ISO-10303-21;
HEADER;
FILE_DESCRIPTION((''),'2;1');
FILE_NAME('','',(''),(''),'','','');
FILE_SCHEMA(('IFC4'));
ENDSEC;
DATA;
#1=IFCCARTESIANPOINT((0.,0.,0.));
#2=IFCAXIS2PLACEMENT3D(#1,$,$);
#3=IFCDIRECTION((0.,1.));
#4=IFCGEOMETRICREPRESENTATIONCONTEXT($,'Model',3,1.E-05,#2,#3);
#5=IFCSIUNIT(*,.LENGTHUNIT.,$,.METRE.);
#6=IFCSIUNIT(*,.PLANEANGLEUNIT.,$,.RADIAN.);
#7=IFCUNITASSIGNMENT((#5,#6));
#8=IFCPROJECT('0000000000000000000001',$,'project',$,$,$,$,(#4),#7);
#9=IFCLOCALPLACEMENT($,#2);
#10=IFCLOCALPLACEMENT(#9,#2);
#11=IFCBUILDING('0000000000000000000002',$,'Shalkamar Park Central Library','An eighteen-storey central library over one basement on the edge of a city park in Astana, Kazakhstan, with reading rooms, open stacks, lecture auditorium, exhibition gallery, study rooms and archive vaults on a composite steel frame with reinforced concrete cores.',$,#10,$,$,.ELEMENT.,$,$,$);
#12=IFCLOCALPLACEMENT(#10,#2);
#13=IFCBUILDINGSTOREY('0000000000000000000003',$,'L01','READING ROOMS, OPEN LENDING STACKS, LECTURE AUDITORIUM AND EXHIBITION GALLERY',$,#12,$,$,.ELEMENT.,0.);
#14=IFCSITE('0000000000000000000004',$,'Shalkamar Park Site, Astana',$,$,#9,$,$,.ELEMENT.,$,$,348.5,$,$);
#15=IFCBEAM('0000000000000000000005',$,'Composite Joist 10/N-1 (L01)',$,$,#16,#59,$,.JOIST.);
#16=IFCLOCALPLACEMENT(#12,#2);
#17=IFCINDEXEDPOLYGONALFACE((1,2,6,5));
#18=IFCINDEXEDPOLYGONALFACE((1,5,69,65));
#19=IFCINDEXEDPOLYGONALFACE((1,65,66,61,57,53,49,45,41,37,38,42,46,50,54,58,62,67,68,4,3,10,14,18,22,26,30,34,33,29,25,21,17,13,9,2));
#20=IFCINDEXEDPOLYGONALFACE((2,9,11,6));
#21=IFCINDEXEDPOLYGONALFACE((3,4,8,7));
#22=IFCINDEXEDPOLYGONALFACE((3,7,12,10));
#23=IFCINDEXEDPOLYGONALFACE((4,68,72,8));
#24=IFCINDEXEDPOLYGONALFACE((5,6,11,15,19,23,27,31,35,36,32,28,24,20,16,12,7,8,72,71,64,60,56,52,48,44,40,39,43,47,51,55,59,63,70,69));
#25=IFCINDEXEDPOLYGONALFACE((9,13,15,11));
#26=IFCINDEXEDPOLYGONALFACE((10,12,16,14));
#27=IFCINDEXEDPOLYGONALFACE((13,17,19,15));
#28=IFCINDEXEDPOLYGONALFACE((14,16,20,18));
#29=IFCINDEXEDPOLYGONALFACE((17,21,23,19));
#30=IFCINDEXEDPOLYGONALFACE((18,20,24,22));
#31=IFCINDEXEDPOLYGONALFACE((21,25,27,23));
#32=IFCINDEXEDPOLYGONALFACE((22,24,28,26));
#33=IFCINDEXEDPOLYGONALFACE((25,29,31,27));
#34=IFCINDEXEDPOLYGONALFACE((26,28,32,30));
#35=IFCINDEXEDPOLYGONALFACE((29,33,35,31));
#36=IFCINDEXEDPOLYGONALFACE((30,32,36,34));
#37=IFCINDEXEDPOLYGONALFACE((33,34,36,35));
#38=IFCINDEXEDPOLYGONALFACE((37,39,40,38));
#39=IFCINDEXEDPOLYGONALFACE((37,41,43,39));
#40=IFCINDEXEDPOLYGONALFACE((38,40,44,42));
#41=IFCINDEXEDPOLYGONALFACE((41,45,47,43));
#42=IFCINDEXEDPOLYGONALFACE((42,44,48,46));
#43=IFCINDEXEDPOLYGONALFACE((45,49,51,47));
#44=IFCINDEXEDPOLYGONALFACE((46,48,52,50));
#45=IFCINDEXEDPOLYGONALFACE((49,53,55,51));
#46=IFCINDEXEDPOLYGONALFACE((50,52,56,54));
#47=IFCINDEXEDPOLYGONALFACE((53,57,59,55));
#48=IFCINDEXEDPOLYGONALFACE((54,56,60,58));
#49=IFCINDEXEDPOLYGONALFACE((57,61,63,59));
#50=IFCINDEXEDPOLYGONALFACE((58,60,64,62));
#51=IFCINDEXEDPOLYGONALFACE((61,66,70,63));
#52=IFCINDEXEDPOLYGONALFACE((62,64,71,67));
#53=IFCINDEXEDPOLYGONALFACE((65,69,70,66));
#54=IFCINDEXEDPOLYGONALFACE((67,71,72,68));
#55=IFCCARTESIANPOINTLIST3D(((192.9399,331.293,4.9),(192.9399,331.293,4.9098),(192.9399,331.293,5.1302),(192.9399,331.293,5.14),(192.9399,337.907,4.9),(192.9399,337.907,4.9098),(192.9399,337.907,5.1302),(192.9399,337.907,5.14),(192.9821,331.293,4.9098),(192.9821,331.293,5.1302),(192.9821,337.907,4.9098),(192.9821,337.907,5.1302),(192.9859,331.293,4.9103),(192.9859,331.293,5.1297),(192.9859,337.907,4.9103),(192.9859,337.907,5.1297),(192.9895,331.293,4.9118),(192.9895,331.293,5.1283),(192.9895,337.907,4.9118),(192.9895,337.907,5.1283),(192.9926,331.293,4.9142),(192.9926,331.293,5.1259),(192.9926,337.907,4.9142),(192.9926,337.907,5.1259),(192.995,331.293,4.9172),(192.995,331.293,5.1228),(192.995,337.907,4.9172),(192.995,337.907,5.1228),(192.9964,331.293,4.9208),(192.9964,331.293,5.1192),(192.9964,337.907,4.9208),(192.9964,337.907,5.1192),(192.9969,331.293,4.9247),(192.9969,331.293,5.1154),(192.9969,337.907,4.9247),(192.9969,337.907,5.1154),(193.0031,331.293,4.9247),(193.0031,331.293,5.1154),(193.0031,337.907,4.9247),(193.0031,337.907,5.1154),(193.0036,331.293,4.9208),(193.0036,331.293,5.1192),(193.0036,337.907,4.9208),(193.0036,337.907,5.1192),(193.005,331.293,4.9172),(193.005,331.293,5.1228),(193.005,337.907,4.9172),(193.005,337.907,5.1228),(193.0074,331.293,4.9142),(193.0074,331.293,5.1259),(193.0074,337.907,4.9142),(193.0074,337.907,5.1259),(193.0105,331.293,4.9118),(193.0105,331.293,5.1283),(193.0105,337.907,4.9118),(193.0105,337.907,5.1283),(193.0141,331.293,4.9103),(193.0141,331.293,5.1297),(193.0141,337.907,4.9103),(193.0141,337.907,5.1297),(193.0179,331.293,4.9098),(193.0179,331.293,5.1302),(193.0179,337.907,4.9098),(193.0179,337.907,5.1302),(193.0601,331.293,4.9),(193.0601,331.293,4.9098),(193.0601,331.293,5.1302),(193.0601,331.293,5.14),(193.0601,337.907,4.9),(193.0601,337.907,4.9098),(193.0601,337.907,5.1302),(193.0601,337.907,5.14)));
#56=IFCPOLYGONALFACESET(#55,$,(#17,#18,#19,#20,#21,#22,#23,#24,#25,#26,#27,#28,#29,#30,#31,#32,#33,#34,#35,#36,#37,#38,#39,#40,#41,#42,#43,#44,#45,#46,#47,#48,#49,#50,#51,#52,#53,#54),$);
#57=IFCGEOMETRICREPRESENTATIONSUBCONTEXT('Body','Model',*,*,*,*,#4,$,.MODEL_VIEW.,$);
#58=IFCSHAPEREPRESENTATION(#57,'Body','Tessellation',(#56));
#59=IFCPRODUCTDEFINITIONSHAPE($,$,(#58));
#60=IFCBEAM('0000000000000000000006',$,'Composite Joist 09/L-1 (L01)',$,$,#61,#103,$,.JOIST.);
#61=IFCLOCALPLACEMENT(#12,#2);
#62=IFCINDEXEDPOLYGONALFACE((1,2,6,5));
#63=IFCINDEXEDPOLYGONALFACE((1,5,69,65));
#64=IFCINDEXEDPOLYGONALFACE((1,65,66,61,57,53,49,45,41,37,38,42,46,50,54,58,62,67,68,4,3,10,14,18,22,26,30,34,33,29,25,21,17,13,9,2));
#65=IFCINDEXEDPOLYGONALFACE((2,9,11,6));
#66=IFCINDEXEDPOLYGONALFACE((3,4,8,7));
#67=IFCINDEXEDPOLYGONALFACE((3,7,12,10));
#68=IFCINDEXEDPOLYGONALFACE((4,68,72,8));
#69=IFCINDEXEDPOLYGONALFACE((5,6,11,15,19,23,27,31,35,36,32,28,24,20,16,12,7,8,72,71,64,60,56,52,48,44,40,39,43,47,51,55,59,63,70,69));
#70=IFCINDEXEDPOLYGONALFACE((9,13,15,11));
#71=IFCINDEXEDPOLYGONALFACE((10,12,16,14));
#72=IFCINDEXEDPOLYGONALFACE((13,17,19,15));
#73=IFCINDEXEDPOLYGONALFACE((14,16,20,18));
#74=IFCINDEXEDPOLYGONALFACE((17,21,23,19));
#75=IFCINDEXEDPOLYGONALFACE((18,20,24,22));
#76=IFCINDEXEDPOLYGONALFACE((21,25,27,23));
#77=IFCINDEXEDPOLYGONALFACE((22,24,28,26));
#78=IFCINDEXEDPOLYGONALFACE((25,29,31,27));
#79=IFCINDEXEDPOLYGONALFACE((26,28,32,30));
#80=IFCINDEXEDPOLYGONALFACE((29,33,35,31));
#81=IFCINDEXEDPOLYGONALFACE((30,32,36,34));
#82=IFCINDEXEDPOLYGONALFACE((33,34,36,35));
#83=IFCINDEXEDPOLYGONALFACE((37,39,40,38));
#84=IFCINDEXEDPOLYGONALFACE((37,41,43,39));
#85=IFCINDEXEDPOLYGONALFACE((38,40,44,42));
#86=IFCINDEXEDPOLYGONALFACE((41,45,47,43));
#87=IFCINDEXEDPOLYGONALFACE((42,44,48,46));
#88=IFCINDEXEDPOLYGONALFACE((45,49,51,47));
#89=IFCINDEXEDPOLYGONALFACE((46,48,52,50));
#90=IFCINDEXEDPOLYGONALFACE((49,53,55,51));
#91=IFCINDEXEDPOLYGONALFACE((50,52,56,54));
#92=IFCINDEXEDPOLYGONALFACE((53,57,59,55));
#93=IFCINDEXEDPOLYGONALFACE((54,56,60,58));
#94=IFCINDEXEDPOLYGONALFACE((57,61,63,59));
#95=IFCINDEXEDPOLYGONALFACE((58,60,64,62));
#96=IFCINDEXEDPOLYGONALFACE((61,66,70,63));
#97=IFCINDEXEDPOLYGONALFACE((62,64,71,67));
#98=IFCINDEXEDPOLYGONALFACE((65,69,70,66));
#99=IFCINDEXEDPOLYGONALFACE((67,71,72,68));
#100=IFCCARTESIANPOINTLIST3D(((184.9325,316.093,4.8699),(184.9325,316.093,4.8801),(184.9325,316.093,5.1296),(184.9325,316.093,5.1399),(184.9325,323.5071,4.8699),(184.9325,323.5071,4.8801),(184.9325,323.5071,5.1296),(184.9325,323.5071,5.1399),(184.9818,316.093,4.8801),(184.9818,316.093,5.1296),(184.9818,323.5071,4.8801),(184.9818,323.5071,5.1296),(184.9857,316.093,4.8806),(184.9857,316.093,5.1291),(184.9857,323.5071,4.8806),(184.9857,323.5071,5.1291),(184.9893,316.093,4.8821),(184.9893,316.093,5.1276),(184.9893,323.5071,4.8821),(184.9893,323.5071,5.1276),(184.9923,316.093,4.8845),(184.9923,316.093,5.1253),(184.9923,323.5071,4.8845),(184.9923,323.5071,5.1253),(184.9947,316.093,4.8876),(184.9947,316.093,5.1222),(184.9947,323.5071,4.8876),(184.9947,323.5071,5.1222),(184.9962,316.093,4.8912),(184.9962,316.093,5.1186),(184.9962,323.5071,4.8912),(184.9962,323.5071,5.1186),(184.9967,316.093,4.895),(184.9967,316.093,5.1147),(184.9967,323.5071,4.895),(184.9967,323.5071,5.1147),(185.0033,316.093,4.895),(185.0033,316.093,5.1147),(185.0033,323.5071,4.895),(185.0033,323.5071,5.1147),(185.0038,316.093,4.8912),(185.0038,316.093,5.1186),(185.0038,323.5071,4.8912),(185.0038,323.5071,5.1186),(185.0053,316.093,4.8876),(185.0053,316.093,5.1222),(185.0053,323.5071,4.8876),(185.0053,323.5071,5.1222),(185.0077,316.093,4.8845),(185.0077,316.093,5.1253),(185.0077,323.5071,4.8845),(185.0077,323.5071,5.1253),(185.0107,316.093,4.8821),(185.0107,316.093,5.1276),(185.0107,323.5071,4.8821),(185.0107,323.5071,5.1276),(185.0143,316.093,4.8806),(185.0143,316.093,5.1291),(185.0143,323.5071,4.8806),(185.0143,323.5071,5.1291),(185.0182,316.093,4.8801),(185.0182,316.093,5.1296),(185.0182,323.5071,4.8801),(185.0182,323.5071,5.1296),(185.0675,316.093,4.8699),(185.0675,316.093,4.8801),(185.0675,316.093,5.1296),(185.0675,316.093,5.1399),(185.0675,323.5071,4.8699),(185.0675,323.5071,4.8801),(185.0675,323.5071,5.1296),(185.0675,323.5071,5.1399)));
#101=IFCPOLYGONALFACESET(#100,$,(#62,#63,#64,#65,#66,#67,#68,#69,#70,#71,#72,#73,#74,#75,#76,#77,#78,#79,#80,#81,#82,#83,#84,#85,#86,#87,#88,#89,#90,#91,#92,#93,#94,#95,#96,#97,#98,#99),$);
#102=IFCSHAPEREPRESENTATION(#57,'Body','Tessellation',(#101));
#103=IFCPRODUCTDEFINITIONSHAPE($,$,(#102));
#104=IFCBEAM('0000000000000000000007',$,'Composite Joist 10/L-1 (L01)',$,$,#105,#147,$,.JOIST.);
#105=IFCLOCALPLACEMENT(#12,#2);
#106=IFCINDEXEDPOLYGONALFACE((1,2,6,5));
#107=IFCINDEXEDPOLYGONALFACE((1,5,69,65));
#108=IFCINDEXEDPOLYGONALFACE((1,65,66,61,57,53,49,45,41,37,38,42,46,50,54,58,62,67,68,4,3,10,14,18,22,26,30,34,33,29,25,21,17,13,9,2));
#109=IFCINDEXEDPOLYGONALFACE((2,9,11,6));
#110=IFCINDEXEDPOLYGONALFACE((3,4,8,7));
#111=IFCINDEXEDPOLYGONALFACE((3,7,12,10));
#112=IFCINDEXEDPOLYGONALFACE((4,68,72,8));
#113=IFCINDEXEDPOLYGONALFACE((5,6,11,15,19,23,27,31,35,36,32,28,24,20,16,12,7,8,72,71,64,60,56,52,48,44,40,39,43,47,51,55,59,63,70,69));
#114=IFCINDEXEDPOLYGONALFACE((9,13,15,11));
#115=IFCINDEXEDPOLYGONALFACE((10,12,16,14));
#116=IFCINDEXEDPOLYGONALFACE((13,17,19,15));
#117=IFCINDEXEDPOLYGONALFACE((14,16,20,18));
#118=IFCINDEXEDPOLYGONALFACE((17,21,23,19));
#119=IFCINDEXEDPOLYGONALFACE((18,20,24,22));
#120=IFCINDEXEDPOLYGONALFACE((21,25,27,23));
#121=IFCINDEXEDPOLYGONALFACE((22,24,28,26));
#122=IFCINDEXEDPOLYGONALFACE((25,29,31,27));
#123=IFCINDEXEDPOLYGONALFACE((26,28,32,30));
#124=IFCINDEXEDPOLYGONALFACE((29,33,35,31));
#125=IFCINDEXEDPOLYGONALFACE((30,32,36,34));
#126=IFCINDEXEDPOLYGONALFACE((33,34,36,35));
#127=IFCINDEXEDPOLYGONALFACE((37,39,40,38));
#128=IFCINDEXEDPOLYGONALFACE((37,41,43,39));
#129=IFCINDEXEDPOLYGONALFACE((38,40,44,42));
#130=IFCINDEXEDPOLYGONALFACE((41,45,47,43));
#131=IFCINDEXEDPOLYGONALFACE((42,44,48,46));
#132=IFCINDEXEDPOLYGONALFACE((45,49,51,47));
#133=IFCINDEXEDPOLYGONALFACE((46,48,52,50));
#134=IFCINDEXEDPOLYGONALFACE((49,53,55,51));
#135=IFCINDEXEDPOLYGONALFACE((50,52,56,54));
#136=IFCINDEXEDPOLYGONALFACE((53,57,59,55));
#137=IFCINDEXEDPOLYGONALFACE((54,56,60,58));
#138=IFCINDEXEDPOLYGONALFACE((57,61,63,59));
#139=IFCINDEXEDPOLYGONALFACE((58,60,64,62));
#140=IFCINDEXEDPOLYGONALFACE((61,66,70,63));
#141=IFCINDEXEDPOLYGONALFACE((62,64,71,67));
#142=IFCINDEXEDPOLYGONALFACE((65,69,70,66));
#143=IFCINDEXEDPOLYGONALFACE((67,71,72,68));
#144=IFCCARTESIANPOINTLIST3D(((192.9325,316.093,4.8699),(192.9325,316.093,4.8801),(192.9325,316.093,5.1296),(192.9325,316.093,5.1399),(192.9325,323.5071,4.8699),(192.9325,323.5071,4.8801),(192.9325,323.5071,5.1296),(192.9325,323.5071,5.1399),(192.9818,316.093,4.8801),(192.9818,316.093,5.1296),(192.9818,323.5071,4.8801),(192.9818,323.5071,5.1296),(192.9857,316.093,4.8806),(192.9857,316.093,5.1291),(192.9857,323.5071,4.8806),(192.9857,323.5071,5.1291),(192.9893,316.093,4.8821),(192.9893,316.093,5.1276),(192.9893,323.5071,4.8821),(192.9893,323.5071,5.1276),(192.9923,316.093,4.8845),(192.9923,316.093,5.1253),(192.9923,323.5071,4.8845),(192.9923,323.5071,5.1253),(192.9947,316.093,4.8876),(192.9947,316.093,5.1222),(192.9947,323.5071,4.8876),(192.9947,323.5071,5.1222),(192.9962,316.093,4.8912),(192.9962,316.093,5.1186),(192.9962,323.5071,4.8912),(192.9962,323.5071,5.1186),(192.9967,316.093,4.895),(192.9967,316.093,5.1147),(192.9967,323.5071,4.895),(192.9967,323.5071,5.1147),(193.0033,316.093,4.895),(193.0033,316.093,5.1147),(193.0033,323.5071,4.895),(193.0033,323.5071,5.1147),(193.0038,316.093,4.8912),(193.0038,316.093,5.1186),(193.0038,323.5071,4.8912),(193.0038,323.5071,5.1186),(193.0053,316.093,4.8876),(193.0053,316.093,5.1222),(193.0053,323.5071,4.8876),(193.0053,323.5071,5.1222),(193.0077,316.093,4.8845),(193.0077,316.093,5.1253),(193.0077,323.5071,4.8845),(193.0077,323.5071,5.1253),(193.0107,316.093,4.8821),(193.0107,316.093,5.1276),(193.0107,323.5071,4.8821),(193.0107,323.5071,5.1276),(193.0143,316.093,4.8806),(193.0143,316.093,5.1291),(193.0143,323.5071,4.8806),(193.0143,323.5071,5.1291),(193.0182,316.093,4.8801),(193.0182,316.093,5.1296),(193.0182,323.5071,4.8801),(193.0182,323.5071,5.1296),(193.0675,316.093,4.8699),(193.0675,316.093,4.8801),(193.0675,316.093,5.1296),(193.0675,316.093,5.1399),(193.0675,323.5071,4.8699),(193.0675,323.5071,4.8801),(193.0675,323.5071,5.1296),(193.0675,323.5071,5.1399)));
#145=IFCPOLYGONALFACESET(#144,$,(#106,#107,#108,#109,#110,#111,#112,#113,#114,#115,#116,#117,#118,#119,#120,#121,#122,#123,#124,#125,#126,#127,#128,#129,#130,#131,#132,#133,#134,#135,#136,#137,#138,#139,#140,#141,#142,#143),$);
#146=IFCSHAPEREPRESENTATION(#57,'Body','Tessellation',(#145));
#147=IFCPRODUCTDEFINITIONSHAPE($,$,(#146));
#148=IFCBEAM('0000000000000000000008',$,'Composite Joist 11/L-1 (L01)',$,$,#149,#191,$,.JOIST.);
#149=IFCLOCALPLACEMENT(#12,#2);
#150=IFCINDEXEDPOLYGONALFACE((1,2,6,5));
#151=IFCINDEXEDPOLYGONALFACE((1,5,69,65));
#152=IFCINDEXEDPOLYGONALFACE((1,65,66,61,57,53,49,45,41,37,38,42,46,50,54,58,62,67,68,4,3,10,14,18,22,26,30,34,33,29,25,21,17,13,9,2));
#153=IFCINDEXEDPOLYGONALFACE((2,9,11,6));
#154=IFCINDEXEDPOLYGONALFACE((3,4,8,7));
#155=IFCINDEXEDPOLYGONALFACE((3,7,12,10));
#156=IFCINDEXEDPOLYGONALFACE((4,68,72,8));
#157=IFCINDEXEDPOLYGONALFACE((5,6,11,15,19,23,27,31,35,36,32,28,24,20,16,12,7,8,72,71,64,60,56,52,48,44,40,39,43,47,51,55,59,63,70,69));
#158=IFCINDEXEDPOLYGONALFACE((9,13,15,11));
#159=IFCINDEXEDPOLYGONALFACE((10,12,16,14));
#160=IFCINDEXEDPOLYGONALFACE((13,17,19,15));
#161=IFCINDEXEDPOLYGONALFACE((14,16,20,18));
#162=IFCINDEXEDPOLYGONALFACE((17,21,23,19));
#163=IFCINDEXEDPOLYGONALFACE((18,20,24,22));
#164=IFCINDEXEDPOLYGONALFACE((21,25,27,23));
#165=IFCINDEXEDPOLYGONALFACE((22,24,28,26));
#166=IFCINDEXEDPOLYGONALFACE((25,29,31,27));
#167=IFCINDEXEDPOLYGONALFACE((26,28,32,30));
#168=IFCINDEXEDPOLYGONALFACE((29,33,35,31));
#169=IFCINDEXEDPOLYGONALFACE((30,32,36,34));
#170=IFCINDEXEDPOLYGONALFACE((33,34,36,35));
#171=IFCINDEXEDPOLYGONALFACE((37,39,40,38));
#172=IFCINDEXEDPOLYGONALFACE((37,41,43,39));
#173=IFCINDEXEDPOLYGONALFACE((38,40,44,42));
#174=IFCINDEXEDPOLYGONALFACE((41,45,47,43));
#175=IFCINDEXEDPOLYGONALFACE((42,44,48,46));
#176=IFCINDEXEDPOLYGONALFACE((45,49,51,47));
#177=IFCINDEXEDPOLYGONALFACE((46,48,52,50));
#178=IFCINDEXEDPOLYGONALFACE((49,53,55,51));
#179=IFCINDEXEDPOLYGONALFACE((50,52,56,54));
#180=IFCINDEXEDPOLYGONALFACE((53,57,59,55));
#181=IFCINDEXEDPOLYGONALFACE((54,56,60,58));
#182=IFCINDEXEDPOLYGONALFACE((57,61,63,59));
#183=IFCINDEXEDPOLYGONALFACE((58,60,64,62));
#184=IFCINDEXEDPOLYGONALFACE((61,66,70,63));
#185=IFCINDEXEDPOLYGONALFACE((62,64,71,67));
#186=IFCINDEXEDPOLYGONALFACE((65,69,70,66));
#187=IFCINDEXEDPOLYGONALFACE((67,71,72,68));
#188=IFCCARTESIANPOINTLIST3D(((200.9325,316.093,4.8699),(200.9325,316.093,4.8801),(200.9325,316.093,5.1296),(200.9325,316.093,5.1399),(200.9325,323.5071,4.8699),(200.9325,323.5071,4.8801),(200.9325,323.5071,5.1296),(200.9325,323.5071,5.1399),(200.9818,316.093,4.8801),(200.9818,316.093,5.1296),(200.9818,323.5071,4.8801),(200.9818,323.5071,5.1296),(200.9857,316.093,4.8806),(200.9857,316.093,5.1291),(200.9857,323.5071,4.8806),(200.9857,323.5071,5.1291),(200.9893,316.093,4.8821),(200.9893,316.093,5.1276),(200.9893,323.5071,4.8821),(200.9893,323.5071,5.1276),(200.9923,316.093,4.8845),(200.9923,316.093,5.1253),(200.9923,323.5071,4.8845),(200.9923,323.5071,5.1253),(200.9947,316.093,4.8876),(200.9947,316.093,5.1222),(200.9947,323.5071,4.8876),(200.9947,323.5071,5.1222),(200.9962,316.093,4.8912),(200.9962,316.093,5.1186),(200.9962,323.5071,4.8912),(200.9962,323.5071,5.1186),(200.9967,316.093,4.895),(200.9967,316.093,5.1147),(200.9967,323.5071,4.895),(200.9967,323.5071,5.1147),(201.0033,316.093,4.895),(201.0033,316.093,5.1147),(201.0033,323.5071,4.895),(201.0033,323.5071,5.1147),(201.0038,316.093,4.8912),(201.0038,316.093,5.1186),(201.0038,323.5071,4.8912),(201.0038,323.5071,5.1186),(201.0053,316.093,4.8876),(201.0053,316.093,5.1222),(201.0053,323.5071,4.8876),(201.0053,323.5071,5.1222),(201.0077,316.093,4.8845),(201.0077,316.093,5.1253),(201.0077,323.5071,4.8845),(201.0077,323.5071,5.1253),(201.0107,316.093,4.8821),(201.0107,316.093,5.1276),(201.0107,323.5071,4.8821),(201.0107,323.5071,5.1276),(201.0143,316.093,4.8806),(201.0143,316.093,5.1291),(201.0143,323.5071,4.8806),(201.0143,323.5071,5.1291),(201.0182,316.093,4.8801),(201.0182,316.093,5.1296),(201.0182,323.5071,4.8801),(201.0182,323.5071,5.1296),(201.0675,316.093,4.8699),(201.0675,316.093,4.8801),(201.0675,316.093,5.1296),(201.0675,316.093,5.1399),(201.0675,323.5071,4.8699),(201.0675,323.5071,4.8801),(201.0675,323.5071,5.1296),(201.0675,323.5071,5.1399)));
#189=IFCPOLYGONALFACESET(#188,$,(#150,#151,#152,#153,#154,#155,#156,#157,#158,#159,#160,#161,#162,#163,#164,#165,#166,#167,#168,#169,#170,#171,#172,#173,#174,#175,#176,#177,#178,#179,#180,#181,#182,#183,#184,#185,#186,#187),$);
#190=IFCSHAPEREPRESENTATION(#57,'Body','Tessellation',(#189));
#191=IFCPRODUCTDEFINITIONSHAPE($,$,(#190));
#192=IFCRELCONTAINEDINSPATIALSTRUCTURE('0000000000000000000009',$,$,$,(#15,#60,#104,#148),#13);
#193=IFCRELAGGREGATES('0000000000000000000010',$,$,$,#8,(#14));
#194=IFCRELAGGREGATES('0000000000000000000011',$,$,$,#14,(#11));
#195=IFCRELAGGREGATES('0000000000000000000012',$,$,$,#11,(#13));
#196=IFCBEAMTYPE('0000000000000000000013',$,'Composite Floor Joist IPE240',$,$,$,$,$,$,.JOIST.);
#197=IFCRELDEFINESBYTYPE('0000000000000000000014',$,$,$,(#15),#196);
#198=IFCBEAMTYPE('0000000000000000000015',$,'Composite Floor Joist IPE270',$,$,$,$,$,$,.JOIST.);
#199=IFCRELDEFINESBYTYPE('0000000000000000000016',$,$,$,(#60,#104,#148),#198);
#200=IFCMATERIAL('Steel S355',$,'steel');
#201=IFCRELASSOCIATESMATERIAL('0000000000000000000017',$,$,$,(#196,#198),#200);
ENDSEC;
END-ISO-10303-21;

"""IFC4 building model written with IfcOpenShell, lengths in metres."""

from ifc_helpers import new_model, si_unit, direction, frame, origin, origin_2d, place, context, subcontext, project, spatial, i_section, extrude, material, material_profile, profile_set, type_object, element, save


model = new_model("IFC4")

# Units and contexts
model_context = context("Model", 3, precision=1e-05, world=origin(), true_north=direction((0.0, 1.0)))
body_context = subcontext(model_context, "Body", "Model", "MODEL_VIEW")
ifc_project = project(units=[si_unit("LENGTHUNIT", "METRE"), si_unit("PLANEANGLEUNIT", "RADIAN")], contexts=[model_context])

# Site, building, storey
site_placement = place(None, origin())
site = spatial("IfcSite", under=ifc_project, at=site_placement, Name="Shalkamar Park Site, Astana", CompositionType="ELEMENT", RefElevation=348.5)
building_placement = place(site_placement, origin())
building = spatial("IfcBuilding", under=site, at=building_placement, Name="Shalkamar Park Central Library", Description="An eighteen-storey central library over one basement on the edge of a city park in Astana, Kazakhstan, with reading rooms, open stacks, lecture auditorium, exhibition gallery, study rooms and archive vaults on a composite steel frame with reinforced concrete cores.", CompositionType="ELEMENT")
storey_placement = place(building_placement, origin())
storey = spatial("IfcBuildingStorey", under=building, at=storey_placement, Name="L01", Description="READING ROOMS, OPEN LENDING STACKS, LECTURE AUDITORIUM AND EXHIBITION GALLERY", CompositionType="ELEMENT", Elevation=0.0)

# Shared definitions
ifc_material_1 = material(Name="Steel S355", Category="steel")

# Beams
ifc_material_profile_1 = material_profile(ifc_material_1, i_section(OverallWidth=0.1201, OverallDepth=0.24, WebThickness=0.0061, FlangeThickness=0.0098, FilletRadius=0.0149, at=origin_2d()), Name="IPE 240")
ifc_profile_set_1 = profile_set([ifc_material_profile_1], Name="Steel S355")
beam_type_1 = type_object("IfcBeamType", Name="Composite Floor Joist IPE240", PredefinedType="JOIST", material=ifc_profile_set_1)
beam_1_placement = place(storey_placement, frame((193.0, 331.293, 5.02), z_axis=(0.0, 1.0, 0.0), x_axis=(-1.0, 0.0, 0.0)))
element("IfcBeam", 1, at=beam_1_placement, inside=storey, type_object=beam_type_1, Name="Composite Joist 10/N-1 (L01)", PredefinedType="JOIST", context=body_context, shape_type="SweptSolid", body=[
    extrude(i_section(OverallWidth=0.1201, OverallDepth=0.24, WebThickness=0.0061, FlangeThickness=0.0098, FilletRadius=0.0149, at=origin_2d()), origin(), (0.0, 0.0, 1.0), 6.614),
])
ifc_material_profile_2 = material_profile(ifc_material_1, i_section(OverallWidth=0.135, OverallDepth=0.27, WebThickness=0.0066, FlangeThickness=0.0103, FilletRadius=0.0149, at=origin_2d()), Name="IPE 270")
ifc_profile_set_2 = profile_set([ifc_material_profile_2], Name="Steel S355")
beam_type_2 = type_object("IfcBeamType", Name="Composite Floor Joist IPE270", PredefinedType="JOIST", material=ifc_profile_set_2)
for number, where, z_axis, x_axis, name in (
    (2, (185.0, 316.093, 5.0049), (0.0, 1.0, 0.0), (-1.0, 0.0, 0.0), "Composite Joist 09/L-1 (L01)"),
    (3, (193.0, 316.093, 5.0049), (0.0, 1.0, 0.0), (-1.0, 0.0, 0.0), "Composite Joist 10/L-1 (L01)"),
    (4, (201.0, 316.093, 5.0049), (0.0, 1.0, 0.0), (-1.0, 0.0, 0.0), "Composite Joist 11/L-1 (L01)"),
):
    element("IfcBeam", number, at=place(storey_placement, frame(where, z_axis=z_axis, x_axis=x_axis)), inside=storey, type_object=beam_type_2, Name=name, PredefinedType="JOIST", context=body_context, shape_type="SweptSolid", body=[
        extrude(i_section(OverallWidth=0.135, OverallDepth=0.27, WebThickness=0.0066, FlangeThickness=0.0103, FilletRadius=0.0149, at=origin_2d()), origin(), (0.0, 0.0, 1.0), 7.4141),
    ])

save(model, "model.ifc")
